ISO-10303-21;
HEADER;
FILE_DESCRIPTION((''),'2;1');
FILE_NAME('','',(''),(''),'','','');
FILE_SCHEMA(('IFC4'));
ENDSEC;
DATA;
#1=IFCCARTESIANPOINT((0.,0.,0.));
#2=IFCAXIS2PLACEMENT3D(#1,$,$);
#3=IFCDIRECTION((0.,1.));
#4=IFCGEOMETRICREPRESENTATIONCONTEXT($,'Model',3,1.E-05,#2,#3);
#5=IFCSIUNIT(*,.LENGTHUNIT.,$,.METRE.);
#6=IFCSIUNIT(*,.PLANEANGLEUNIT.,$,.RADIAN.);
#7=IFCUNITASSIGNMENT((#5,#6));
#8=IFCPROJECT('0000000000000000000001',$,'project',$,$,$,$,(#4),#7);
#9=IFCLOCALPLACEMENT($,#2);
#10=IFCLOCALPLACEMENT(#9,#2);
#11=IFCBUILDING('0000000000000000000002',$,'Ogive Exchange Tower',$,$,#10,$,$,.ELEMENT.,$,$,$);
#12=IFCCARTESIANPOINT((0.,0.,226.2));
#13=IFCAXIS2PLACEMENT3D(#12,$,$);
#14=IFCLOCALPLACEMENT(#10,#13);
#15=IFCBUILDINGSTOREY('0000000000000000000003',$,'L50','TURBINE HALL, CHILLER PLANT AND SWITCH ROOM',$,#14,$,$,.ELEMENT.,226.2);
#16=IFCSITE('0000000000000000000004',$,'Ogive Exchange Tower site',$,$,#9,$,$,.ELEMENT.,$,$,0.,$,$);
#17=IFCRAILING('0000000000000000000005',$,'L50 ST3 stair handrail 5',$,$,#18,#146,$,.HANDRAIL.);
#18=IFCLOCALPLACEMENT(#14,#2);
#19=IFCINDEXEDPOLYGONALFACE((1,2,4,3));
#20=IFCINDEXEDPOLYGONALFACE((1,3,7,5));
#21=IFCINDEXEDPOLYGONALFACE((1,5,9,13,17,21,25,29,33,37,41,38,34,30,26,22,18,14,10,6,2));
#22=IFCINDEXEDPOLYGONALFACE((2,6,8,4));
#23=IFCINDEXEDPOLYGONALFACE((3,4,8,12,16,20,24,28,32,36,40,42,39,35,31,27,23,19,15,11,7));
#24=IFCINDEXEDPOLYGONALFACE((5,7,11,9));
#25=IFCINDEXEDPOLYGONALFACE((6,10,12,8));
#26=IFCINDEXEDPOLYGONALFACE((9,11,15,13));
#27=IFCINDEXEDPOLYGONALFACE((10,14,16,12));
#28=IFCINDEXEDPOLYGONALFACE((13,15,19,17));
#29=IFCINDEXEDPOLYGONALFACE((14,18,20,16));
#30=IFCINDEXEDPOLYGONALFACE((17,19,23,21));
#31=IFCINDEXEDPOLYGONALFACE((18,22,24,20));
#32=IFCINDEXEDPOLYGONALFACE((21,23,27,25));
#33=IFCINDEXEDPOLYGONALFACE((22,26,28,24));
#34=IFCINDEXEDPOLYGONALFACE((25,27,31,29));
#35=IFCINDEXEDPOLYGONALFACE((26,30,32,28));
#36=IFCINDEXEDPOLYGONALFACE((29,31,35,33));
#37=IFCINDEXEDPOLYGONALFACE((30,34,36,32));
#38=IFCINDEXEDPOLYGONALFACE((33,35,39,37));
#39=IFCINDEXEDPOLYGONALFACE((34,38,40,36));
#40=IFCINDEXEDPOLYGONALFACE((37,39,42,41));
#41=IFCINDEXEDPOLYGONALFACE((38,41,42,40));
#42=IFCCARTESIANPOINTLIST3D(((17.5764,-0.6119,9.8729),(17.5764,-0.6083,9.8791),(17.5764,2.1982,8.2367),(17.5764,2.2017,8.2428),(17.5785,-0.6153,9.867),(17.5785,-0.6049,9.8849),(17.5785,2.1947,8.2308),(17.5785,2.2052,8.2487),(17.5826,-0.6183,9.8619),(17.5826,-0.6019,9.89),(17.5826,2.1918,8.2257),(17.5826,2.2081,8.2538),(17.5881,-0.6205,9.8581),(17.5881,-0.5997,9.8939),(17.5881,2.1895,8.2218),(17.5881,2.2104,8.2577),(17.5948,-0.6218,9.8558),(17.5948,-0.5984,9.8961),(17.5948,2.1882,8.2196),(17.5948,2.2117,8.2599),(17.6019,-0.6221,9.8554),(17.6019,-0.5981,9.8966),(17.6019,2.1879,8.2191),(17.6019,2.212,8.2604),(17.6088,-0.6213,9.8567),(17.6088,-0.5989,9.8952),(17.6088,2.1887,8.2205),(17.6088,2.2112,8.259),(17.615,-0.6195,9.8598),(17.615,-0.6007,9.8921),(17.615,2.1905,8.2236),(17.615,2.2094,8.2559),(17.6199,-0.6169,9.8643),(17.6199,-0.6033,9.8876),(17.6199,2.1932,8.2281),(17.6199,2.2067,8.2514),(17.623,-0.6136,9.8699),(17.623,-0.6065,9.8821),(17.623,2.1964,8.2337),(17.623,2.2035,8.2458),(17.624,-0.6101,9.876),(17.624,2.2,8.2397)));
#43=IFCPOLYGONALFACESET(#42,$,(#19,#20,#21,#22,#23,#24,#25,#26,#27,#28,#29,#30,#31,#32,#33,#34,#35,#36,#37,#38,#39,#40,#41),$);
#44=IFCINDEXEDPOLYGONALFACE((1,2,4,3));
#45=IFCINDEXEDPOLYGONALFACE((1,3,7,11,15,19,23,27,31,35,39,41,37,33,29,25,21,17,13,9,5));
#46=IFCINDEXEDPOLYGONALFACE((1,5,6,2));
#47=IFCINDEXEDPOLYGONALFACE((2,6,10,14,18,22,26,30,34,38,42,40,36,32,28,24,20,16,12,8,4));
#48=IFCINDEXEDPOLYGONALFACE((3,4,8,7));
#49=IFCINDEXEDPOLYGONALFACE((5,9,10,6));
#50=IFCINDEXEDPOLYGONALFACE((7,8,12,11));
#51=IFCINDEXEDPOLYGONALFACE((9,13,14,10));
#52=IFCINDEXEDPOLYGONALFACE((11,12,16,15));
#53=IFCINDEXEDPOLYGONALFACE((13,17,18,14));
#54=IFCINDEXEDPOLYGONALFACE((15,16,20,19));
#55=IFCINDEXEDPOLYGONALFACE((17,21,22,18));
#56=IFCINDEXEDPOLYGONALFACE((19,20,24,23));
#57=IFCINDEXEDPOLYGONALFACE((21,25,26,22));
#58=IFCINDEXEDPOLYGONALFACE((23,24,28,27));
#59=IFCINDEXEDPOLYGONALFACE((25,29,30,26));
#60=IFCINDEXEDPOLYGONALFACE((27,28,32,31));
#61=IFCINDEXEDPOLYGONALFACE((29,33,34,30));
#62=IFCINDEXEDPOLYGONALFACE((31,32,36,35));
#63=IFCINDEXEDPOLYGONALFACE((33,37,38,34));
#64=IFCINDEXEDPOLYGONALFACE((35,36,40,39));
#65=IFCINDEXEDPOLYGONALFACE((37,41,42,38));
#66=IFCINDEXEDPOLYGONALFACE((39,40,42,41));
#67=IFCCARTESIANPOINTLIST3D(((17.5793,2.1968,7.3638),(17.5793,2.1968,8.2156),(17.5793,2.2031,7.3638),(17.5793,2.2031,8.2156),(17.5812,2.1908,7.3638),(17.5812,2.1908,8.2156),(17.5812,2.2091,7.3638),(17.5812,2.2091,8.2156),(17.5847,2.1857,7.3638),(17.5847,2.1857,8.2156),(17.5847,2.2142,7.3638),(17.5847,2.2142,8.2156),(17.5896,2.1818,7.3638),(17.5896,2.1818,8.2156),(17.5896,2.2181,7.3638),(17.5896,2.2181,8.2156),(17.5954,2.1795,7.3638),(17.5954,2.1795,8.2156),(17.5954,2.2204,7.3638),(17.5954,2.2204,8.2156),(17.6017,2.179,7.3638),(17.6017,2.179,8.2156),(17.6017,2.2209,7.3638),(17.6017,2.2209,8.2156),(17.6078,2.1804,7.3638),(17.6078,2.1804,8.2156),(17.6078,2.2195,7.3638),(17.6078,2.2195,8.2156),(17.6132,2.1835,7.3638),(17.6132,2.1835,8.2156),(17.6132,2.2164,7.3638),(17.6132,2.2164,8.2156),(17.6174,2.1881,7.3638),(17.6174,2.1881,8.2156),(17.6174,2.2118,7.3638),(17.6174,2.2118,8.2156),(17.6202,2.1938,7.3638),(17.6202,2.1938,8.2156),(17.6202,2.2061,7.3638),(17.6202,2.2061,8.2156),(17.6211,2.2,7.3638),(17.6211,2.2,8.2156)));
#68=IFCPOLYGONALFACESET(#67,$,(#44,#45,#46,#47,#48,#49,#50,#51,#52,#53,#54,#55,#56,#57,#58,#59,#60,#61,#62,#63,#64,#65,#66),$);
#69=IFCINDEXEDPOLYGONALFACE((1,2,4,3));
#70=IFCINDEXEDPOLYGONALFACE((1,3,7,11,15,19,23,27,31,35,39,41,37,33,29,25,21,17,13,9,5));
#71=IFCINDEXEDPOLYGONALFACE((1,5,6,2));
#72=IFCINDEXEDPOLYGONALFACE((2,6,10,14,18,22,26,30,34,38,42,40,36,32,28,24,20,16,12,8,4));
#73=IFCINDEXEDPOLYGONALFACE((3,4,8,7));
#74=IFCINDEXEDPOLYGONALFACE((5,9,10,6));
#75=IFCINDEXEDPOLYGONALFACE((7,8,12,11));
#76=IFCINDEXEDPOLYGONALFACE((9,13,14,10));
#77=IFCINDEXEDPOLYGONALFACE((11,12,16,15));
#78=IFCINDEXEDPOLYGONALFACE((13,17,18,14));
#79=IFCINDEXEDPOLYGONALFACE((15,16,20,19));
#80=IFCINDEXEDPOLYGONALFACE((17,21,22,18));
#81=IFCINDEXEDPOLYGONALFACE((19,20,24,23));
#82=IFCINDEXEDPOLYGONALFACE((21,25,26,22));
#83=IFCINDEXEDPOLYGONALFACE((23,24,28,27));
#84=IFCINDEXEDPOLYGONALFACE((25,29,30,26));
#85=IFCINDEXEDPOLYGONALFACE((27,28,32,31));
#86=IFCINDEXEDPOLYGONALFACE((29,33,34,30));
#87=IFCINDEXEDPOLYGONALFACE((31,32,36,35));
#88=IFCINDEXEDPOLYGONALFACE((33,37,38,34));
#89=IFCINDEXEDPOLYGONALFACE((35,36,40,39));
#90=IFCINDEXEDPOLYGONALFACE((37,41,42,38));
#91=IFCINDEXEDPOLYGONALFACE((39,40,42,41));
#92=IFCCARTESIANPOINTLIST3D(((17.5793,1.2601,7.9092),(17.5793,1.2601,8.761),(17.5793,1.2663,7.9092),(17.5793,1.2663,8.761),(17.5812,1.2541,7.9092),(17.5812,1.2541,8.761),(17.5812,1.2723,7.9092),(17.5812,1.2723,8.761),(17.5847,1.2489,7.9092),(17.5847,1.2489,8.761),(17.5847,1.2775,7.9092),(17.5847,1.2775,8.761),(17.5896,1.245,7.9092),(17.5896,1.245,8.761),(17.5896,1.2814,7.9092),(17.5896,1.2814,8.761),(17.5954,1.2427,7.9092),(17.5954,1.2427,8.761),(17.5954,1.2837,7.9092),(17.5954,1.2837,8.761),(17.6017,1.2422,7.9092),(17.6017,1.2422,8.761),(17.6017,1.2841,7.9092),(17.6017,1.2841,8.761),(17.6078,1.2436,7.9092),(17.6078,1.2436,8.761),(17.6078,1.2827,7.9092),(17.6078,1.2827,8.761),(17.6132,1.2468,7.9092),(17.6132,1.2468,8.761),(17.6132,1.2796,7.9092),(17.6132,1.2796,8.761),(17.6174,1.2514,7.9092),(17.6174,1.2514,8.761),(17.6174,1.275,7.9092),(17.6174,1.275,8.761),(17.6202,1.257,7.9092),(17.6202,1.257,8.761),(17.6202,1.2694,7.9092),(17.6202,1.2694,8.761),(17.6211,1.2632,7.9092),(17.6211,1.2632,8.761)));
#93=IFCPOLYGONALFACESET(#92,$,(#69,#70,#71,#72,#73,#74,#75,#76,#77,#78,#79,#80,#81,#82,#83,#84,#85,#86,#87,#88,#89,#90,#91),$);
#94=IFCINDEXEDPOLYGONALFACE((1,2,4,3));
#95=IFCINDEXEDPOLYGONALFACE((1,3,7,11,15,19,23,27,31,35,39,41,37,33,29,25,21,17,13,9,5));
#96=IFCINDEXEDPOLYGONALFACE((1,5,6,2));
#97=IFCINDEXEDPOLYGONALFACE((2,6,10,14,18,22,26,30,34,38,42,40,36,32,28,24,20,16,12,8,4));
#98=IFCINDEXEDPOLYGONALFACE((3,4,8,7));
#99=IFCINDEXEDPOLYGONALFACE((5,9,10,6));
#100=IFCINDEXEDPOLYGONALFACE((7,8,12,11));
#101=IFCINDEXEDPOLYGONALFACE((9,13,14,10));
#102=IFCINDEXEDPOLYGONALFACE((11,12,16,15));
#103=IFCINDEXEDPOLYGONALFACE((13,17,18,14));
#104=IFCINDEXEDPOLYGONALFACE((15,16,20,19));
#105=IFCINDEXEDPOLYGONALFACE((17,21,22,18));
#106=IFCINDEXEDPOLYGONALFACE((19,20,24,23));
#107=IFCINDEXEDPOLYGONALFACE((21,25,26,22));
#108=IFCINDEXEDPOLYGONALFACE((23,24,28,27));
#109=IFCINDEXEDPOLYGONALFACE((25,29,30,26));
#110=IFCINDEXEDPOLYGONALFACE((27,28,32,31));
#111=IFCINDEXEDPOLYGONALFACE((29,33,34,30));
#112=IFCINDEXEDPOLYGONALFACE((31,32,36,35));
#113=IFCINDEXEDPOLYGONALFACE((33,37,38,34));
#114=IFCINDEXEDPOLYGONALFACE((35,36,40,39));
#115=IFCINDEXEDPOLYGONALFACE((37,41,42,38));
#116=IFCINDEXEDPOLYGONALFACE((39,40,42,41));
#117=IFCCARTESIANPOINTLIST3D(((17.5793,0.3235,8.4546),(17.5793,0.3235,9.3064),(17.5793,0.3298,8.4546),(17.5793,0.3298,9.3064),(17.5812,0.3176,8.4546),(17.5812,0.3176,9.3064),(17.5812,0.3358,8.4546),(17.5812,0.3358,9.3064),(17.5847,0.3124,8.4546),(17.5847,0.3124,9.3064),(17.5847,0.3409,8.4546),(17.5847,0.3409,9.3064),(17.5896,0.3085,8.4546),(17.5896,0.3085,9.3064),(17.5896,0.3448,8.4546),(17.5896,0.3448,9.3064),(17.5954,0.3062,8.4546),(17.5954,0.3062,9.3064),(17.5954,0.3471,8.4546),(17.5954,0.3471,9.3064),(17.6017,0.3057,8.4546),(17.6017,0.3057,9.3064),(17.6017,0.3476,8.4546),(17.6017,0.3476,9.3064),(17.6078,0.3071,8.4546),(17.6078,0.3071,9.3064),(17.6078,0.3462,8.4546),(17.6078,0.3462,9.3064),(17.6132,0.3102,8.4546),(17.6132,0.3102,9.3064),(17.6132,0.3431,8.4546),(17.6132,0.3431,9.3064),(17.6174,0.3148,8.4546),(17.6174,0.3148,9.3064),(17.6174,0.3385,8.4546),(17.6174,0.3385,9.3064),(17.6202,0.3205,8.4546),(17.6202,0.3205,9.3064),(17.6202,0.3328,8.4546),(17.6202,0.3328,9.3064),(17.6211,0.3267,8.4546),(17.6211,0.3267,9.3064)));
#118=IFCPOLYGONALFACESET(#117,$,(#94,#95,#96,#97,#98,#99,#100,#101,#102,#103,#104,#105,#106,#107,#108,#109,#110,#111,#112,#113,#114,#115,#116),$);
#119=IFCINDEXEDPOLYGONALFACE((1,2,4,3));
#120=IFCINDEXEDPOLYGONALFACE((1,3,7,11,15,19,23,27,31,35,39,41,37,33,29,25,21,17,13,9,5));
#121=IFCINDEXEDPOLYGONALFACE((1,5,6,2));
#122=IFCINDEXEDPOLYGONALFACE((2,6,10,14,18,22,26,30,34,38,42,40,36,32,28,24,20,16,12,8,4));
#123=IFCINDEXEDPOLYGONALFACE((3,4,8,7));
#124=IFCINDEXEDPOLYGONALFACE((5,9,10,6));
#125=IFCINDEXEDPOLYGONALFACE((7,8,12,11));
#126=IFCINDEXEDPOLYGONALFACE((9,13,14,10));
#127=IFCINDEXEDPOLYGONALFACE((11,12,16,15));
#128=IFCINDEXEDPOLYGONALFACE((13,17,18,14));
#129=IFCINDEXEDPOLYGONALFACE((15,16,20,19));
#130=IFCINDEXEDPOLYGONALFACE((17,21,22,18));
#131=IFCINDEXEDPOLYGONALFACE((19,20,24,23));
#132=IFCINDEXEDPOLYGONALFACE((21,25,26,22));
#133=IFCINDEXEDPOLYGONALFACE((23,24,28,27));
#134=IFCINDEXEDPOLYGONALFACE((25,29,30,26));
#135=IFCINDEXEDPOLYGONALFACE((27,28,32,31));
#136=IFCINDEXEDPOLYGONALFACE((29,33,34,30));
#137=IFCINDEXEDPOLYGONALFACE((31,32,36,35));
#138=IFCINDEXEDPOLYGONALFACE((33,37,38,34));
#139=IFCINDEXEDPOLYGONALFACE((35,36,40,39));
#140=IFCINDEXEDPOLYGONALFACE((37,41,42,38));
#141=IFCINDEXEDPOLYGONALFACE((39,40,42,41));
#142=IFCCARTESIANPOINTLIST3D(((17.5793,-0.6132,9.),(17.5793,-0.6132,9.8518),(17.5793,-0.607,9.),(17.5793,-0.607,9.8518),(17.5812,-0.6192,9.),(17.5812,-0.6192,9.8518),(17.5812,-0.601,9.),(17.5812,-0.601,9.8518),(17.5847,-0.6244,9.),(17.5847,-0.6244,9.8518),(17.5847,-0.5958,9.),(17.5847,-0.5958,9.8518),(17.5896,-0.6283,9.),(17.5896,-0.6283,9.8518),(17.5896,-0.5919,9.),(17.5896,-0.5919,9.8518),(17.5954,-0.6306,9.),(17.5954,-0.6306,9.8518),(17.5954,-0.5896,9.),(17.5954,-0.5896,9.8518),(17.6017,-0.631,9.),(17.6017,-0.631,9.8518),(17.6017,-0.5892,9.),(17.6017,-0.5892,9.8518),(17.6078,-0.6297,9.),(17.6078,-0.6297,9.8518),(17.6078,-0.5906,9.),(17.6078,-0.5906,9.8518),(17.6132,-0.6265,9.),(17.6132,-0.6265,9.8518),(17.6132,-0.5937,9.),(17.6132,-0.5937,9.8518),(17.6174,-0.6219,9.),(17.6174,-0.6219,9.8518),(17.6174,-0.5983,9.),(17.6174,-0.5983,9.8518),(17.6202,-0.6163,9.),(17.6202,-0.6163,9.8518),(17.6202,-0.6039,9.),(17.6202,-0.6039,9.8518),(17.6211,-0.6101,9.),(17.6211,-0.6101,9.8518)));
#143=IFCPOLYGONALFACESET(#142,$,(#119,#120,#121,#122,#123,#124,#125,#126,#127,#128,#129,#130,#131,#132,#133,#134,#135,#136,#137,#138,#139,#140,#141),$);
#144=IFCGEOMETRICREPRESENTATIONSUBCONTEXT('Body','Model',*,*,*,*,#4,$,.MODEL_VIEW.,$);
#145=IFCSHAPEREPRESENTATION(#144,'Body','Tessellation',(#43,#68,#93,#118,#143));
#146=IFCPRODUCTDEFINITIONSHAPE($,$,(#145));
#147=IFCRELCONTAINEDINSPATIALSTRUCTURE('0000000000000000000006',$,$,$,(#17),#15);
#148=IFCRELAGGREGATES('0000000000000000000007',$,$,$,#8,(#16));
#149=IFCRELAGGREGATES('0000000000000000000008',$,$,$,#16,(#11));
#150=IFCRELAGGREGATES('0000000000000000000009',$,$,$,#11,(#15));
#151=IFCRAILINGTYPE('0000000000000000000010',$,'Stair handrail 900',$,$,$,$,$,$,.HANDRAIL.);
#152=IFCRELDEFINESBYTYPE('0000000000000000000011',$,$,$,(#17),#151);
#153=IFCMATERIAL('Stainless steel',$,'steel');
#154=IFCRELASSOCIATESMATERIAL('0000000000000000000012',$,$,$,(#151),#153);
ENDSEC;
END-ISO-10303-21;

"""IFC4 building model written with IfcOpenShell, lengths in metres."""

from ifc_helpers import new_model, si_unit, direction, frame, origin, origin_2d, place, context, subcontext, project, spatial, circle, extrude, material, type_object, element, save


model = new_model("IFC4")

# Units and contexts
model_context = context("Model", 3, precision=1e-05, world=origin(), true_north=direction((0.0, 1.0)))
body_context = subcontext(model_context, "Body", "Model", "MODEL_VIEW")
ifc_project = project(units=[si_unit("LENGTHUNIT", "METRE"), si_unit("PLANEANGLEUNIT", "RADIAN")], contexts=[model_context])

# Site, building, storey
site_placement = place(None, origin())
site = spatial("IfcSite", under=ifc_project, at=site_placement, Name="Ogive Exchange Tower site", CompositionType="ELEMENT", RefElevation=0.0)
building_placement = place(site_placement, origin())
building = spatial("IfcBuilding", under=site, at=building_placement, Name="Ogive Exchange Tower", CompositionType="ELEMENT")
storey_placement = place(building_placement, frame((0.0, 0.0, 226.2)))
storey = spatial("IfcBuildingStorey", under=building, at=storey_placement, Name="L50", Description="TURBINE HALL, CHILLER PLANT AND SWITCH ROOM", CompositionType="ELEMENT", Elevation=226.2)

# Shared definitions
ifc_material_1 = material(Name="Stainless steel", Category="steel")

# Railing
railing_type = type_object("IfcRailingType", Name="Stair handrail 900", PredefinedType="HANDRAIL", material=ifc_material_1)
railing_placement = place(storey_placement, frame((17.6001, 2.2, 7.3638)))
element("IfcRailing", 1, at=railing_placement, inside=storey, type_object=railing_type, Name="L50 ST3 stair handrail 5", PredefinedType="HANDRAIL", context=body_context, shape_type="SweptSolid", body=[
    extrude(circle(Radius=0.0239, at=origin_2d()), frame((0.0, 0.0, 0.876), z_axis=(0.0, -0.864176, 0.503189), x_axis=(1.0, 0.0, 0.0)), (0.0, 0.0, 1.0), 3.2517),
    extrude(circle(Radius=0.021, at=origin_2d()), origin(), (0.0, 0.0, 1.0), 0.8518),
    extrude(circle(Radius=0.021, at=origin_2d()), frame((0.0, -0.9368, 0.5454)), (0.0, 0.0, 1.0), 0.8518),
    extrude(circle(Radius=0.021, at=origin_2d()), frame((0.0, -1.8733, 1.0908)), (0.0, 0.0, 1.0), 0.8518),
    extrude(circle(Radius=0.021, at=origin_2d()), frame((0.0, -2.8101, 1.6362)), (0.0, 0.0, 1.0), 0.8518),
])

save(model, "model.ifc")
